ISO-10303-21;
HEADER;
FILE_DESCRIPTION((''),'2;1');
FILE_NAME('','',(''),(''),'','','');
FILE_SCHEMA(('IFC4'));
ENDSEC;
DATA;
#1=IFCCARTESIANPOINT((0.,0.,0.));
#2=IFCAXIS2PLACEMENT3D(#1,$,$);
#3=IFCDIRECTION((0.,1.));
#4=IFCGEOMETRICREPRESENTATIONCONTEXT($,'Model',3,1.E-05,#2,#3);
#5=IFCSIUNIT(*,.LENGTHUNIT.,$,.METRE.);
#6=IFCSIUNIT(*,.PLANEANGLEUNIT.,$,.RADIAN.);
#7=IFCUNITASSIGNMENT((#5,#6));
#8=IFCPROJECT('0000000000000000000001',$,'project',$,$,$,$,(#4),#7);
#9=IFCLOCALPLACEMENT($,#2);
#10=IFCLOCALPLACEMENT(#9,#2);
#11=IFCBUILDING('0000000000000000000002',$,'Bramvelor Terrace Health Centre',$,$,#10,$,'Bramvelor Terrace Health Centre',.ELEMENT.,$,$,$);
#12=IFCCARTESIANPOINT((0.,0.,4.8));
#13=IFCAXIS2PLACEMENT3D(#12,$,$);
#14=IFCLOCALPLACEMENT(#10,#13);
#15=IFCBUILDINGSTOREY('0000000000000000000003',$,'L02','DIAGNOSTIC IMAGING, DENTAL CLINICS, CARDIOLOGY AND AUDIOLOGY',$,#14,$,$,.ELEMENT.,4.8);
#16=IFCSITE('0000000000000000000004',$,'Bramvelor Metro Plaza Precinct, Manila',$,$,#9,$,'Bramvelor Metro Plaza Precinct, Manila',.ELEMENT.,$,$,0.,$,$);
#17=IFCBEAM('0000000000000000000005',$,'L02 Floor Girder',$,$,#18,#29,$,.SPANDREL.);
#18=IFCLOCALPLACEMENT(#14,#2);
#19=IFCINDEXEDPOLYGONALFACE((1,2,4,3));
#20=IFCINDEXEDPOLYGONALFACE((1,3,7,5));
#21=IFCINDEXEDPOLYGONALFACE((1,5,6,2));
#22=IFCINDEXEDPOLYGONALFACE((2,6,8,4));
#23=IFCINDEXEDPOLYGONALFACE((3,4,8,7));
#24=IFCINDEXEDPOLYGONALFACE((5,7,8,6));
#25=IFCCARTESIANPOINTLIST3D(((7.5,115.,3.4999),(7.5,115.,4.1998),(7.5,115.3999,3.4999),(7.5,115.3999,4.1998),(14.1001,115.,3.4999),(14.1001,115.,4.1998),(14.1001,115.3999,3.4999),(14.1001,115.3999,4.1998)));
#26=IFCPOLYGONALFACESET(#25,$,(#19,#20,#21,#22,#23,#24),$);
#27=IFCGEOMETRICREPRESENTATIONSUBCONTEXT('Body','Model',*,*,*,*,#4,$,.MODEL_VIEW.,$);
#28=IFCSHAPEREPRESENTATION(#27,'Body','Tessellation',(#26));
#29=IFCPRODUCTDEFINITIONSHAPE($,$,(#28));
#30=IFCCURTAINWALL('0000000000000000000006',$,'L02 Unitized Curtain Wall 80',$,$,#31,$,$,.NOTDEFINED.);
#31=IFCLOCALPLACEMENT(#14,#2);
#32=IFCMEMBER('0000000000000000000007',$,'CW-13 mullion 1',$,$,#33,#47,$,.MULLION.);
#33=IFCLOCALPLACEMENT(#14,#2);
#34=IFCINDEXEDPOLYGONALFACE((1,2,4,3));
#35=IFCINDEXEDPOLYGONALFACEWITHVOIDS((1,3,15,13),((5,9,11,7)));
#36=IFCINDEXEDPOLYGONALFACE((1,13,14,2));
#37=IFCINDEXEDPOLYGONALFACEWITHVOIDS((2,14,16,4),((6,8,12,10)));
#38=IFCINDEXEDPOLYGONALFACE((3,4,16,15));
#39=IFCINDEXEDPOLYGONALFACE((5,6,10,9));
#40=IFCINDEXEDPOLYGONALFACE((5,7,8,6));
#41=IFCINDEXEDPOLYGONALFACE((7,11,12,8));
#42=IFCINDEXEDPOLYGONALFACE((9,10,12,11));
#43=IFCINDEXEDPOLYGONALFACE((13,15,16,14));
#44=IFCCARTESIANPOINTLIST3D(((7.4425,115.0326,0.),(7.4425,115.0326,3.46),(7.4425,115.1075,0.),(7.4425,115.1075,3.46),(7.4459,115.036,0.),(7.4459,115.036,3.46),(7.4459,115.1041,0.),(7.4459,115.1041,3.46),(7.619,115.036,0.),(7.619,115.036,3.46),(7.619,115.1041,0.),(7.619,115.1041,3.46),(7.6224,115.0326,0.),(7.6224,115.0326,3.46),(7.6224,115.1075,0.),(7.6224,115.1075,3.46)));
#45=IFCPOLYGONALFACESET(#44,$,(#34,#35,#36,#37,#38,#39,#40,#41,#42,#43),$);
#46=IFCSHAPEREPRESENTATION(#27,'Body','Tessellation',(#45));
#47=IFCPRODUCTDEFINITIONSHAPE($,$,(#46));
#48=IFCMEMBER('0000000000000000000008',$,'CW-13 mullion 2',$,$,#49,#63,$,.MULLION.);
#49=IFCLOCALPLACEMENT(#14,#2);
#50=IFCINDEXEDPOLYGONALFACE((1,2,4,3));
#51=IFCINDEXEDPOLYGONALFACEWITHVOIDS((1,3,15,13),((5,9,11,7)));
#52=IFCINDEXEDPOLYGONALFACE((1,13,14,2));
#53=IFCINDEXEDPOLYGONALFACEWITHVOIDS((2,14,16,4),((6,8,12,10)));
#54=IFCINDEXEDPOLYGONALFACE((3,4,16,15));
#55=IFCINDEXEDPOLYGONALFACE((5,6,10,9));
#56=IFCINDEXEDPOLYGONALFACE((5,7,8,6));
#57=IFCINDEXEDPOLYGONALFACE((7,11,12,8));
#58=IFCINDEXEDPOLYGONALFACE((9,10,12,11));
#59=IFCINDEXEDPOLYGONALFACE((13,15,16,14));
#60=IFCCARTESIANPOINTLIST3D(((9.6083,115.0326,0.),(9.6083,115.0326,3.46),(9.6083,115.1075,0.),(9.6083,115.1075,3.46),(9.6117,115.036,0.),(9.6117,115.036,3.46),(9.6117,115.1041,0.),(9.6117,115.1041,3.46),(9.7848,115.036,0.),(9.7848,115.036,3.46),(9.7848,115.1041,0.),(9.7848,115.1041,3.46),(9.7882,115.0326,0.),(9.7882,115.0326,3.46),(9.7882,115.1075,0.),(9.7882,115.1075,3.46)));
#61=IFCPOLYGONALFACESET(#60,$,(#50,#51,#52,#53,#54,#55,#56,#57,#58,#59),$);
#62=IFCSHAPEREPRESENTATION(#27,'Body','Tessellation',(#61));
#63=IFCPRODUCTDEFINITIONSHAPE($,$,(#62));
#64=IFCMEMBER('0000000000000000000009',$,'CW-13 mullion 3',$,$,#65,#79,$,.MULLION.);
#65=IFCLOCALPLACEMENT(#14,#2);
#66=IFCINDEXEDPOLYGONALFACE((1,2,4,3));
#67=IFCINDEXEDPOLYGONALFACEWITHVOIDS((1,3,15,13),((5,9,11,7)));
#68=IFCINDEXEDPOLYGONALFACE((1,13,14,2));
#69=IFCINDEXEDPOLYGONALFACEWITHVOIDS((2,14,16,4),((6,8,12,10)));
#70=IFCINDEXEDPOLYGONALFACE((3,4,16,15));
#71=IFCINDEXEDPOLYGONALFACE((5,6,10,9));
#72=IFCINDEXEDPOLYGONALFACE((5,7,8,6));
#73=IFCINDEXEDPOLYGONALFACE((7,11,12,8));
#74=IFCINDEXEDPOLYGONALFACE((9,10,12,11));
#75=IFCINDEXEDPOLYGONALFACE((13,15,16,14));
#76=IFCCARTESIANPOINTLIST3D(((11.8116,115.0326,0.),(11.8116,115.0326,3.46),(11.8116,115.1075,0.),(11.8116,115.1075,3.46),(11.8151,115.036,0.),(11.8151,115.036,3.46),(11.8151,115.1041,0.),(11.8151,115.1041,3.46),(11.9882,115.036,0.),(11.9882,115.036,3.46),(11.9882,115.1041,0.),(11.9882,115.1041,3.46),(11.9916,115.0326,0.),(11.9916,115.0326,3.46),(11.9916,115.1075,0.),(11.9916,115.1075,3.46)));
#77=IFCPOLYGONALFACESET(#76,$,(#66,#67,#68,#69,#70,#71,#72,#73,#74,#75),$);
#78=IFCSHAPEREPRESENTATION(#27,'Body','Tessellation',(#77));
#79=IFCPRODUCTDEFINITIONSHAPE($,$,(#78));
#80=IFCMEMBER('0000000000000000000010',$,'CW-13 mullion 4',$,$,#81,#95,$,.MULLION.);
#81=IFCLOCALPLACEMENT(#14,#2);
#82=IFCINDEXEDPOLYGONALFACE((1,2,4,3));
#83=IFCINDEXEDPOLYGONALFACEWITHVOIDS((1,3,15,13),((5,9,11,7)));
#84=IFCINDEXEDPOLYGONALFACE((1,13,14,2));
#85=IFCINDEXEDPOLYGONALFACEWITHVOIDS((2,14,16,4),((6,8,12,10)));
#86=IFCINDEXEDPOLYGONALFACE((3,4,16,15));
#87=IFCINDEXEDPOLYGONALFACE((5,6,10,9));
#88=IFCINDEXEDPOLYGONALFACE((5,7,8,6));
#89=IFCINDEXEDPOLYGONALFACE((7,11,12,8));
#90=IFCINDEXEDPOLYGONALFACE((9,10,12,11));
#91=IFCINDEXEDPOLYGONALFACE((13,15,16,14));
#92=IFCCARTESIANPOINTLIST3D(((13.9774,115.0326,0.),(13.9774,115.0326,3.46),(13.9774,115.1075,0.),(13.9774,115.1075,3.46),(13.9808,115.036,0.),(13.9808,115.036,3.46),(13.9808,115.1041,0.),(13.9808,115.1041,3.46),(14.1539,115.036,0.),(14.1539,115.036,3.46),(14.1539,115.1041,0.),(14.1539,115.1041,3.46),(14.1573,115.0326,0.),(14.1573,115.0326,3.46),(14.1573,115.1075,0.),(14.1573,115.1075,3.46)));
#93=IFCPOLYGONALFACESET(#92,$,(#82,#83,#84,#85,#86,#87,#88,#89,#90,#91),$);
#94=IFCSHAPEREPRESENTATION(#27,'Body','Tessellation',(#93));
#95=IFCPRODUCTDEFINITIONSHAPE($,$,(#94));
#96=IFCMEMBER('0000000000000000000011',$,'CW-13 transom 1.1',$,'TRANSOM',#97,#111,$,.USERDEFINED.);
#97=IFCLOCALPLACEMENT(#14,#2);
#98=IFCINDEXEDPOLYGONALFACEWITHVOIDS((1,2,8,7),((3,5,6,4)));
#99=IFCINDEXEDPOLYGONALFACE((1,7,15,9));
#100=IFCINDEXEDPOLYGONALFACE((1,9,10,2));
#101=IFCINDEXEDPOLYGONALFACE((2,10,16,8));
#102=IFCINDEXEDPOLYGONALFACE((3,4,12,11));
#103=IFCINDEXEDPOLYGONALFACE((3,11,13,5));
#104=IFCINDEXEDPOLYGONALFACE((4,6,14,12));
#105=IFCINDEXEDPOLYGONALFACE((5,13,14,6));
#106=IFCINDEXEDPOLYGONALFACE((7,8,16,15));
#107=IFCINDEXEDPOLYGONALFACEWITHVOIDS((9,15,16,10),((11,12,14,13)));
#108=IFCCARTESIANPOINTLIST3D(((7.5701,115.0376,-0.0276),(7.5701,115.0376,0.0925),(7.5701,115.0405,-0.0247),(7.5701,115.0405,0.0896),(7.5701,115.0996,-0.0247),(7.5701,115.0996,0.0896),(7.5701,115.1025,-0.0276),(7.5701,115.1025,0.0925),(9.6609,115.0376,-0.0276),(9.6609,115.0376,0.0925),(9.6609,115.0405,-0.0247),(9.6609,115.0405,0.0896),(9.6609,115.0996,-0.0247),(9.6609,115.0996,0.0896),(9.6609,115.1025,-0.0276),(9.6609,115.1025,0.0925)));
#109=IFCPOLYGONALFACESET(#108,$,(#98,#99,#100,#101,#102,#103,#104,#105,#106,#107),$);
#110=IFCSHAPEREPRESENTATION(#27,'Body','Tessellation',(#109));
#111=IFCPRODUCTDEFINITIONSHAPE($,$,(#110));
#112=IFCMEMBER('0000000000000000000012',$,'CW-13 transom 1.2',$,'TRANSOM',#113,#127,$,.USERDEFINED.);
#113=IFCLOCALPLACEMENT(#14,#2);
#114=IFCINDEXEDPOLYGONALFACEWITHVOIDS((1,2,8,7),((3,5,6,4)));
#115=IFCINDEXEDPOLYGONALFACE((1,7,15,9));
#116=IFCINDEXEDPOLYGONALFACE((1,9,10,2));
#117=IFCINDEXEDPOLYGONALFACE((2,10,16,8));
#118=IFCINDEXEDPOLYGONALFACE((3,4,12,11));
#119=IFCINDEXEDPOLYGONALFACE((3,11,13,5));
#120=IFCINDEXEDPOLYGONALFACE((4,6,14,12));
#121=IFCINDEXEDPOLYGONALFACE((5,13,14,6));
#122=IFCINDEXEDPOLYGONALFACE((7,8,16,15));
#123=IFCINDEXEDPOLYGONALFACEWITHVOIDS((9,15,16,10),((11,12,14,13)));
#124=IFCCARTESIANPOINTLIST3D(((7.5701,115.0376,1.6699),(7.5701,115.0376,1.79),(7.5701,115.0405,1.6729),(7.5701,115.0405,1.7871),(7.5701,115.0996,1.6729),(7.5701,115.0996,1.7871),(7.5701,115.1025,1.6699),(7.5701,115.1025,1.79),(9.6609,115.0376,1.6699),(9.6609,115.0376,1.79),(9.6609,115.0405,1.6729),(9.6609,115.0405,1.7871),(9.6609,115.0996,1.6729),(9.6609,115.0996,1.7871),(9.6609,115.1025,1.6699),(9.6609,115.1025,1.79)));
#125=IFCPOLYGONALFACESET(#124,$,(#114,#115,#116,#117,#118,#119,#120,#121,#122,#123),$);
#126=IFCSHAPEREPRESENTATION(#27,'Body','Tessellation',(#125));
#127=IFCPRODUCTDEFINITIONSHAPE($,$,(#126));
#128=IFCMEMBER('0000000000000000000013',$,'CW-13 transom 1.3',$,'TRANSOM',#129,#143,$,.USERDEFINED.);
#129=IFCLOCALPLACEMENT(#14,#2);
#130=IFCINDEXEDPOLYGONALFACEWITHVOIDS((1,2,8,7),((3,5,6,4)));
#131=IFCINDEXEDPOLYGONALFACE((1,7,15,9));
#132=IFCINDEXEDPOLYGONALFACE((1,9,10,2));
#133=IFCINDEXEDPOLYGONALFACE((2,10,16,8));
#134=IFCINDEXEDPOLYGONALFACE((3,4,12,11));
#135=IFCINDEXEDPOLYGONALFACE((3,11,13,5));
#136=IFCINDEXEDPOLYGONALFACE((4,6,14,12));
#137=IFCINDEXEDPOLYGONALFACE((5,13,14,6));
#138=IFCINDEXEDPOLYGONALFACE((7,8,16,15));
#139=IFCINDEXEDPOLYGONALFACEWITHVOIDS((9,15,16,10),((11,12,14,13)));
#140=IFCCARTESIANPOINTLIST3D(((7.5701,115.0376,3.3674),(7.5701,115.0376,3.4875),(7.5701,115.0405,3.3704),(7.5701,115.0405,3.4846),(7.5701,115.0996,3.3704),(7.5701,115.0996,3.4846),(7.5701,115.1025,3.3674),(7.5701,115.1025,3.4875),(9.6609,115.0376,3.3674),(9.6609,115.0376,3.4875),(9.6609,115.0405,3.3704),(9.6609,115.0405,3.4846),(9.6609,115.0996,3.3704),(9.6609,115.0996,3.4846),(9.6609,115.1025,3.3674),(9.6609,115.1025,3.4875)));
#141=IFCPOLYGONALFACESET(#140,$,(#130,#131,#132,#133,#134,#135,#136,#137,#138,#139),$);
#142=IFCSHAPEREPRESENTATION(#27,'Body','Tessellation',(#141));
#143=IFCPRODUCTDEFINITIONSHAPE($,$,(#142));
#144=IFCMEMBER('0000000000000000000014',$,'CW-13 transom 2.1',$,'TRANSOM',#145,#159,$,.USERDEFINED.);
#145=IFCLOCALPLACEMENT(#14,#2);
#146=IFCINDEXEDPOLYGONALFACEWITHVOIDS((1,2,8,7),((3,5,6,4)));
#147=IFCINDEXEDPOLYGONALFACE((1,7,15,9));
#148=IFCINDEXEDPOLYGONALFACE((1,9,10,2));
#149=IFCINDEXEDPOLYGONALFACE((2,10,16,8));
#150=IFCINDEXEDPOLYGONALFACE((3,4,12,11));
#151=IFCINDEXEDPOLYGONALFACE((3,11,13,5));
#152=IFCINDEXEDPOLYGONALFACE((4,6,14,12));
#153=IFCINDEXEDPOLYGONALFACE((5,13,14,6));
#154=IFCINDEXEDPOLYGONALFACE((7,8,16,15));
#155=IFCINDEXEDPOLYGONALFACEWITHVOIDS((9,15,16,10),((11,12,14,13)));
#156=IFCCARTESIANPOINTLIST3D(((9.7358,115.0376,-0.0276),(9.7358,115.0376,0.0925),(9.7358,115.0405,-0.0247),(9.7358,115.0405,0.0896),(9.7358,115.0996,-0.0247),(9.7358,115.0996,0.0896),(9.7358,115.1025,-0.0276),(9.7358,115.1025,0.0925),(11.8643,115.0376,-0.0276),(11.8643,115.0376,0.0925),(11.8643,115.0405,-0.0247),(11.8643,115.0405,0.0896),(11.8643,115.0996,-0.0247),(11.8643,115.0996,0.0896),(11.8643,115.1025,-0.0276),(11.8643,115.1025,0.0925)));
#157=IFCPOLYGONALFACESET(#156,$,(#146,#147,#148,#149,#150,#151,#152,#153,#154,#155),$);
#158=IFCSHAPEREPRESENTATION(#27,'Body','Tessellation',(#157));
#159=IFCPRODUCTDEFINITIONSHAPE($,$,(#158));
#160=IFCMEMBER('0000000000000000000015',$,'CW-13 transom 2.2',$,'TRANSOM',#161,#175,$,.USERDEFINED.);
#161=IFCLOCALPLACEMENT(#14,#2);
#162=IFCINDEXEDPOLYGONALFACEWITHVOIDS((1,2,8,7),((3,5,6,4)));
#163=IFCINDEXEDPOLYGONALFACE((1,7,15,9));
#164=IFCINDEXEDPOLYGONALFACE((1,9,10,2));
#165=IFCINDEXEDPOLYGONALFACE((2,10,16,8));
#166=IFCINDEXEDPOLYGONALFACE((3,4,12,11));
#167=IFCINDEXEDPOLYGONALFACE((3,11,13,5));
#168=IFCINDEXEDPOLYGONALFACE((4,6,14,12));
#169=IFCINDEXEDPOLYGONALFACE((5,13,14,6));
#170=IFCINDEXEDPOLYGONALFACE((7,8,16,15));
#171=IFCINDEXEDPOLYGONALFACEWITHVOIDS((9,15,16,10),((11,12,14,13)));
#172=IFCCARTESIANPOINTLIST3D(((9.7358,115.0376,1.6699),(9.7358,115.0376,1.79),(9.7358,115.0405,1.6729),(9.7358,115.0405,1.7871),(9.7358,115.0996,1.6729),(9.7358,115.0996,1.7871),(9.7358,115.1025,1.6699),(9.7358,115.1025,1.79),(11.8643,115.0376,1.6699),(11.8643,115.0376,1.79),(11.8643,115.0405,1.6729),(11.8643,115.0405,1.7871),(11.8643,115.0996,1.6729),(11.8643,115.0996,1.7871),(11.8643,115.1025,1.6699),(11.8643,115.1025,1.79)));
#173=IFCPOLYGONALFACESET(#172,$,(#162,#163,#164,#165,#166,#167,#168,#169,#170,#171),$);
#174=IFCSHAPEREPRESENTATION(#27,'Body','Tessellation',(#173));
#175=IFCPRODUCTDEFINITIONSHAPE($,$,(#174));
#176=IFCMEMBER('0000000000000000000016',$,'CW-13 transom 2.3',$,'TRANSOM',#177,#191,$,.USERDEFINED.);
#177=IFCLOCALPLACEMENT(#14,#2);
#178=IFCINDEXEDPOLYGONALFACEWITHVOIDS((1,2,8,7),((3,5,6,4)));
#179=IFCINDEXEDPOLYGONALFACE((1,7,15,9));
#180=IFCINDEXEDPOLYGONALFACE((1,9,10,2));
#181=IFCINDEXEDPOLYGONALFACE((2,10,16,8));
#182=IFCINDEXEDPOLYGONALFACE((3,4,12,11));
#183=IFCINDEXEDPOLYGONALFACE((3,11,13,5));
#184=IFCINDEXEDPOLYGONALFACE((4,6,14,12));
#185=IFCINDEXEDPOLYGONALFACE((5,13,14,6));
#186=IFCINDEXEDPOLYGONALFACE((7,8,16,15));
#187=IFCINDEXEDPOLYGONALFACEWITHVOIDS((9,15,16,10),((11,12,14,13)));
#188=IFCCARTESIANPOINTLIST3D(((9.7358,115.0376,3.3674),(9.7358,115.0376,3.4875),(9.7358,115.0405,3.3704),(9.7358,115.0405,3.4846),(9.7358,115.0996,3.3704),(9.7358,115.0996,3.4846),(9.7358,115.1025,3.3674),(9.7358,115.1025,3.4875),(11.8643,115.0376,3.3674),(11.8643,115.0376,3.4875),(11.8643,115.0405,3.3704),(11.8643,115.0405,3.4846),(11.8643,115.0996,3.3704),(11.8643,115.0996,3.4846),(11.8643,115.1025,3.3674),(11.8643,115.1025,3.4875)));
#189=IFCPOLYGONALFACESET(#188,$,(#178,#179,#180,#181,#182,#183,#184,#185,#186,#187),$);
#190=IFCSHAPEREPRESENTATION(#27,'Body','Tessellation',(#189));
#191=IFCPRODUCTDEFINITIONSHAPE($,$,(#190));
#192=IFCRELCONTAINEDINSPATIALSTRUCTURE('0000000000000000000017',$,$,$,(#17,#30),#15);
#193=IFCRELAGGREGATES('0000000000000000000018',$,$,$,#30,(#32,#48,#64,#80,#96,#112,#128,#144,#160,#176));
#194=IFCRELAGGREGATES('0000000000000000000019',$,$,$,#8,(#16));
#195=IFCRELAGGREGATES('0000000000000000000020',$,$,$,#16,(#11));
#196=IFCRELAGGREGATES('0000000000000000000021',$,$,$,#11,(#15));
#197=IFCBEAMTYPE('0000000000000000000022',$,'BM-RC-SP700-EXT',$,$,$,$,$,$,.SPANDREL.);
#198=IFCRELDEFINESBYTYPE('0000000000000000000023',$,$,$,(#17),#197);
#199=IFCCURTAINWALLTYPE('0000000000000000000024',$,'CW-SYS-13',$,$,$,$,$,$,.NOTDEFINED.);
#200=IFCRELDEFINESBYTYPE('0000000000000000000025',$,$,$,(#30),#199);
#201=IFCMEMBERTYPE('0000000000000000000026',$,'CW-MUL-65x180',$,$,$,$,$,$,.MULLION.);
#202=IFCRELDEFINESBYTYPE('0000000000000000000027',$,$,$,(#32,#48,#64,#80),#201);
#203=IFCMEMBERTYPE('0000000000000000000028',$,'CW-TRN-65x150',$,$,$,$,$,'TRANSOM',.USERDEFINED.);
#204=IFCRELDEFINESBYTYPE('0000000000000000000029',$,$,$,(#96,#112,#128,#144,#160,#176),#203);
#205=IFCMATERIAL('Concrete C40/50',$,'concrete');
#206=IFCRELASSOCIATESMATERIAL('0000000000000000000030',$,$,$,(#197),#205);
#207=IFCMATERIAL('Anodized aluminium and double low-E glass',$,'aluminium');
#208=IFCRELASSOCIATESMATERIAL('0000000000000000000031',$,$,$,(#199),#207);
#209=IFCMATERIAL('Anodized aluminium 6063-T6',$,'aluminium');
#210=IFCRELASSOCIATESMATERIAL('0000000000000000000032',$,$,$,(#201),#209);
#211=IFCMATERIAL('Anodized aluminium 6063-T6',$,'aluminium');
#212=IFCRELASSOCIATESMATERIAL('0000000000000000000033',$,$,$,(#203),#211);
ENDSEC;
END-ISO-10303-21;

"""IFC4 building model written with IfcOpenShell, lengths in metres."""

from ifc_helpers import new_model, si_unit, direction, frame, origin, origin_2d, place, context, subcontext, project, spatial, rectangle, hollow_rectangle, extrude, material, material_profile, profile_set, type_object, element, aggregate, save


model = new_model("IFC4")

# Units and contexts
model_context = context("Model", 3, precision=1e-05, world=origin(), true_north=direction((0.0, 1.0)))
body_context = subcontext(model_context, "Body", "Model", "MODEL_VIEW")
ifc_project = project(units=[si_unit("LENGTHUNIT", "METRE"), si_unit("PLANEANGLEUNIT", "RADIAN")], contexts=[model_context])

# Site, building, storey
site_placement = place(None, origin())
site = spatial("IfcSite", under=ifc_project, at=site_placement, Name="Bramvelor Metro Plaza Precinct, Manila", LongName="Bramvelor Metro Plaza Precinct, Manila", CompositionType="ELEMENT", RefElevation=0.0)
building_placement = place(site_placement, origin())
building = spatial("IfcBuilding", under=site, at=building_placement, Name="Bramvelor Terrace Health Centre", LongName="Bramvelor Terrace Health Centre", CompositionType="ELEMENT")
storey_placement = place(building_placement, frame((0.0, 0.0, 4.8)))
storey = spatial("IfcBuildingStorey", under=building, at=storey_placement, Name="L02", Description="DIAGNOSTIC IMAGING, DENTAL CLINICS, CARDIOLOGY AND AUDIOLOGY", CompositionType="ELEMENT", Elevation=4.8)

# Beam
ifc_material_1 = material(Name="Concrete C40/50", Category="concrete")
ifc_material_profile_1 = material_profile(ifc_material_1, rectangle(XDim=0.3999, YDim=0.7, at=origin_2d()), Name="RC 400x700")
ifc_profile_set_1 = profile_set([ifc_material_profile_1], Name="Concrete C40/50")
beam_type = type_object("IfcBeamType", Name="BM-RC-SP700-EXT", PredefinedType="SPANDREL", material=ifc_profile_set_1)
beam_placement = place(storey_placement, frame((7.5, 115.2, 3.8499), z_axis=(1.0, 0.0, 0.0), x_axis=(0.0, 1.0, 0.0)))
element("IfcBeam", 1, at=beam_placement, inside=storey, type_object=beam_type, Name="L02 Floor Girder", PredefinedType="SPANDREL", context=body_context, shape_type="SweptSolid", body=[
    extrude(rectangle(XDim=0.3999, YDim=0.7, at=origin_2d()), origin(), (0.0, 0.0, 1.0), 6.6001),
])

# Curtain wall, members
ifc_material_2 = material(Name="Anodized aluminium and double low-E glass", Category="aluminium")
curtain_wall_type = type_object("IfcCurtainWallType", Name="CW-SYS-13", PredefinedType="NOTDEFINED", material=ifc_material_2)
curtain_wall_placement = place(storey_placement, origin())
curtain_wall = element("IfcCurtainWall", 2, at=curtain_wall_placement, inside=storey, type_object=curtain_wall_type, Name="L02 Unitized Curtain Wall 80", PredefinedType="NOTDEFINED")
ifc_material_3 = material(Name="Anodized aluminium 6063-T6", Category="aluminium")
ifc_material_profile_2 = material_profile(ifc_material_3, hollow_rectangle(XDim=0.075, YDim=0.1799, WallThickness=0.0034, at=origin_2d()), Name="ALU-MUL 75x180x3.5")
ifc_profile_set_2 = profile_set([ifc_material_profile_2], Name="Anodized aluminium 6063-T6")
member_type_1 = type_object("IfcMemberType", Name="CW-MUL-65x180", PredefinedType="MULLION", material=ifc_profile_set_2)
member_1_placement = place(storey_placement, frame((7.5325, 115.0701, 0.0), z_axis=(0.0, 0.0, 1.0), x_axis=(0.0, 1.0, 0.0)))
member_1 = element("IfcMember", 3, at=member_1_placement, type_object=member_type_1, Name="CW-13 mullion 1", PredefinedType="MULLION", context=body_context, shape_type="SweptSolid", body=[
    extrude(hollow_rectangle(XDim=0.075, YDim=0.1799, WallThickness=0.0034, at=origin_2d()), origin(), (0.0, 0.0, 1.0), 3.46),
])
member_2_placement = place(storey_placement, frame((9.6982, 115.0701, 0.0), z_axis=(0.0, 0.0, 1.0), x_axis=(0.0, 1.0, 0.0)))
member_2 = element("IfcMember", 4, at=member_2_placement, type_object=member_type_1, Name="CW-13 mullion 2", PredefinedType="MULLION", context=body_context, shape_type="SweptSolid", body=[
    extrude(hollow_rectangle(XDim=0.075, YDim=0.1799, WallThickness=0.0034, at=origin_2d()), origin(), (0.0, 0.0, 1.0), 3.46),
])
member_3_placement = place(storey_placement, frame((11.9016, 115.0701, 0.0), z_axis=(0.0, 0.0, 1.0), x_axis=(0.0, 1.0, 0.0)))
member_3 = element("IfcMember", 5, at=member_3_placement, type_object=member_type_1, Name="CW-13 mullion 3", PredefinedType="MULLION", context=body_context, shape_type="SweptSolid", body=[
    extrude(hollow_rectangle(XDim=0.075, YDim=0.1799, WallThickness=0.0034, at=origin_2d()), origin(), (0.0, 0.0, 1.0), 3.46),
])
member_4_placement = place(storey_placement, frame((14.0674, 115.0701, 0.0), z_axis=(0.0, 0.0, 1.0), x_axis=(0.0, 1.0, 0.0)))
member_4 = element("IfcMember", 6, at=member_4_placement, type_object=member_type_1, Name="CW-13 mullion 4", PredefinedType="MULLION", context=body_context, shape_type="SweptSolid", body=[
    extrude(hollow_rectangle(XDim=0.075, YDim=0.1799, WallThickness=0.0034, at=origin_2d()), origin(), (0.0, 0.0, 1.0), 3.46),
])
ifc_material_4 = material(Name="Anodized aluminium 6063-T6", Category="aluminium")
ifc_material_profile_3 = material_profile(ifc_material_4, hollow_rectangle(XDim=0.0649, YDim=0.1201, WallThickness=0.0029, at=origin_2d()), Name="ALU-TRN 65x120x3.0")
ifc_profile_set_3 = profile_set([ifc_material_profile_3], Name="Anodized aluminium 6063-T6")
member_type_2 = type_object("IfcMemberType", Name="CW-TRN-65x150", ElementType="TRANSOM", PredefinedType="USERDEFINED", material=ifc_profile_set_3)
member_5_placement = place(storey_placement, frame((7.5701, 115.0701, 0.0325), z_axis=(1.0, 0.0, 0.0), x_axis=(0.0, 1.0, 0.0)))
member_5 = element("IfcMember", 7, at=member_5_placement, type_object=member_type_2, Name="CW-13 transom 1.1", ObjectType="TRANSOM", PredefinedType="USERDEFINED", context=body_context, shape_type="SweptSolid", body=[
    extrude(hollow_rectangle(XDim=0.0649, YDim=0.1201, WallThickness=0.0029, at=origin_2d()), origin(), (0.0, 0.0, 1.0), 2.0908),
])
member_6_placement = place(storey_placement, frame((7.5701, 115.0701, 1.73), z_axis=(1.0, 0.0, 0.0), x_axis=(0.0, 1.0, 0.0)))
member_6 = element("IfcMember", 8, at=member_6_placement, type_object=member_type_2, Name="CW-13 transom 1.2", ObjectType="TRANSOM", PredefinedType="USERDEFINED", context=body_context, shape_type="SweptSolid", body=[
    extrude(hollow_rectangle(XDim=0.0649, YDim=0.1201, WallThickness=0.0029, at=origin_2d()), origin(), (0.0, 0.0, 1.0), 2.0908),
])
member_7_placement = place(storey_placement, frame((7.5701, 115.0701, 3.4275), z_axis=(1.0, 0.0, 0.0), x_axis=(0.0, 1.0, 0.0)))
member_7 = element("IfcMember", 9, at=member_7_placement, type_object=member_type_2, Name="CW-13 transom 1.3", ObjectType="TRANSOM", PredefinedType="USERDEFINED", context=body_context, shape_type="SweptSolid", body=[
    extrude(hollow_rectangle(XDim=0.0649, YDim=0.1201, WallThickness=0.0029, at=origin_2d()), origin(), (0.0, 0.0, 1.0), 2.0908),
])
member_8_placement = place(storey_placement, frame((9.7358, 115.0701, 0.0325), z_axis=(1.0, 0.0, 0.0), x_axis=(0.0, 1.0, 0.0)))
member_8 = element("IfcMember", 10, at=member_8_placement, type_object=member_type_2, Name="CW-13 transom 2.1", ObjectType="TRANSOM", PredefinedType="USERDEFINED", context=body_context, shape_type="SweptSolid", body=[
    extrude(hollow_rectangle(XDim=0.0649, YDim=0.1201, WallThickness=0.0029, at=origin_2d()), origin(), (0.0, 0.0, 1.0), 2.1284),
])
member_9_placement = place(storey_placement, frame((9.7358, 115.0701, 1.73), z_axis=(1.0, 0.0, 0.0), x_axis=(0.0, 1.0, 0.0)))
member_9 = element("IfcMember", 11, at=member_9_placement, type_object=member_type_2, Name="CW-13 transom 2.2", ObjectType="TRANSOM", PredefinedType="USERDEFINED", context=body_context, shape_type="SweptSolid", body=[
    extrude(hollow_rectangle(XDim=0.0649, YDim=0.1201, WallThickness=0.0029, at=origin_2d()), origin(), (0.0, 0.0, 1.0), 2.1284),
])
member_10_placement = place(storey_placement, frame((9.7358, 115.0701, 3.4275), z_axis=(1.0, 0.0, 0.0), x_axis=(0.0, 1.0, 0.0)))
member_10 = element("IfcMember", 12, at=member_10_placement, type_object=member_type_2, Name="CW-13 transom 2.3", ObjectType="TRANSOM", PredefinedType="USERDEFINED", context=body_context, shape_type="SweptSolid", body=[
    extrude(hollow_rectangle(XDim=0.0649, YDim=0.1201, WallThickness=0.0029, at=origin_2d()), origin(), (0.0, 0.0, 1.0), 2.1284),
])
aggregate(curtain_wall, [member_1, member_2, member_3, member_4, member_5, member_6, member_7, member_8, member_9, member_10])

save(model, "model.ifc")
